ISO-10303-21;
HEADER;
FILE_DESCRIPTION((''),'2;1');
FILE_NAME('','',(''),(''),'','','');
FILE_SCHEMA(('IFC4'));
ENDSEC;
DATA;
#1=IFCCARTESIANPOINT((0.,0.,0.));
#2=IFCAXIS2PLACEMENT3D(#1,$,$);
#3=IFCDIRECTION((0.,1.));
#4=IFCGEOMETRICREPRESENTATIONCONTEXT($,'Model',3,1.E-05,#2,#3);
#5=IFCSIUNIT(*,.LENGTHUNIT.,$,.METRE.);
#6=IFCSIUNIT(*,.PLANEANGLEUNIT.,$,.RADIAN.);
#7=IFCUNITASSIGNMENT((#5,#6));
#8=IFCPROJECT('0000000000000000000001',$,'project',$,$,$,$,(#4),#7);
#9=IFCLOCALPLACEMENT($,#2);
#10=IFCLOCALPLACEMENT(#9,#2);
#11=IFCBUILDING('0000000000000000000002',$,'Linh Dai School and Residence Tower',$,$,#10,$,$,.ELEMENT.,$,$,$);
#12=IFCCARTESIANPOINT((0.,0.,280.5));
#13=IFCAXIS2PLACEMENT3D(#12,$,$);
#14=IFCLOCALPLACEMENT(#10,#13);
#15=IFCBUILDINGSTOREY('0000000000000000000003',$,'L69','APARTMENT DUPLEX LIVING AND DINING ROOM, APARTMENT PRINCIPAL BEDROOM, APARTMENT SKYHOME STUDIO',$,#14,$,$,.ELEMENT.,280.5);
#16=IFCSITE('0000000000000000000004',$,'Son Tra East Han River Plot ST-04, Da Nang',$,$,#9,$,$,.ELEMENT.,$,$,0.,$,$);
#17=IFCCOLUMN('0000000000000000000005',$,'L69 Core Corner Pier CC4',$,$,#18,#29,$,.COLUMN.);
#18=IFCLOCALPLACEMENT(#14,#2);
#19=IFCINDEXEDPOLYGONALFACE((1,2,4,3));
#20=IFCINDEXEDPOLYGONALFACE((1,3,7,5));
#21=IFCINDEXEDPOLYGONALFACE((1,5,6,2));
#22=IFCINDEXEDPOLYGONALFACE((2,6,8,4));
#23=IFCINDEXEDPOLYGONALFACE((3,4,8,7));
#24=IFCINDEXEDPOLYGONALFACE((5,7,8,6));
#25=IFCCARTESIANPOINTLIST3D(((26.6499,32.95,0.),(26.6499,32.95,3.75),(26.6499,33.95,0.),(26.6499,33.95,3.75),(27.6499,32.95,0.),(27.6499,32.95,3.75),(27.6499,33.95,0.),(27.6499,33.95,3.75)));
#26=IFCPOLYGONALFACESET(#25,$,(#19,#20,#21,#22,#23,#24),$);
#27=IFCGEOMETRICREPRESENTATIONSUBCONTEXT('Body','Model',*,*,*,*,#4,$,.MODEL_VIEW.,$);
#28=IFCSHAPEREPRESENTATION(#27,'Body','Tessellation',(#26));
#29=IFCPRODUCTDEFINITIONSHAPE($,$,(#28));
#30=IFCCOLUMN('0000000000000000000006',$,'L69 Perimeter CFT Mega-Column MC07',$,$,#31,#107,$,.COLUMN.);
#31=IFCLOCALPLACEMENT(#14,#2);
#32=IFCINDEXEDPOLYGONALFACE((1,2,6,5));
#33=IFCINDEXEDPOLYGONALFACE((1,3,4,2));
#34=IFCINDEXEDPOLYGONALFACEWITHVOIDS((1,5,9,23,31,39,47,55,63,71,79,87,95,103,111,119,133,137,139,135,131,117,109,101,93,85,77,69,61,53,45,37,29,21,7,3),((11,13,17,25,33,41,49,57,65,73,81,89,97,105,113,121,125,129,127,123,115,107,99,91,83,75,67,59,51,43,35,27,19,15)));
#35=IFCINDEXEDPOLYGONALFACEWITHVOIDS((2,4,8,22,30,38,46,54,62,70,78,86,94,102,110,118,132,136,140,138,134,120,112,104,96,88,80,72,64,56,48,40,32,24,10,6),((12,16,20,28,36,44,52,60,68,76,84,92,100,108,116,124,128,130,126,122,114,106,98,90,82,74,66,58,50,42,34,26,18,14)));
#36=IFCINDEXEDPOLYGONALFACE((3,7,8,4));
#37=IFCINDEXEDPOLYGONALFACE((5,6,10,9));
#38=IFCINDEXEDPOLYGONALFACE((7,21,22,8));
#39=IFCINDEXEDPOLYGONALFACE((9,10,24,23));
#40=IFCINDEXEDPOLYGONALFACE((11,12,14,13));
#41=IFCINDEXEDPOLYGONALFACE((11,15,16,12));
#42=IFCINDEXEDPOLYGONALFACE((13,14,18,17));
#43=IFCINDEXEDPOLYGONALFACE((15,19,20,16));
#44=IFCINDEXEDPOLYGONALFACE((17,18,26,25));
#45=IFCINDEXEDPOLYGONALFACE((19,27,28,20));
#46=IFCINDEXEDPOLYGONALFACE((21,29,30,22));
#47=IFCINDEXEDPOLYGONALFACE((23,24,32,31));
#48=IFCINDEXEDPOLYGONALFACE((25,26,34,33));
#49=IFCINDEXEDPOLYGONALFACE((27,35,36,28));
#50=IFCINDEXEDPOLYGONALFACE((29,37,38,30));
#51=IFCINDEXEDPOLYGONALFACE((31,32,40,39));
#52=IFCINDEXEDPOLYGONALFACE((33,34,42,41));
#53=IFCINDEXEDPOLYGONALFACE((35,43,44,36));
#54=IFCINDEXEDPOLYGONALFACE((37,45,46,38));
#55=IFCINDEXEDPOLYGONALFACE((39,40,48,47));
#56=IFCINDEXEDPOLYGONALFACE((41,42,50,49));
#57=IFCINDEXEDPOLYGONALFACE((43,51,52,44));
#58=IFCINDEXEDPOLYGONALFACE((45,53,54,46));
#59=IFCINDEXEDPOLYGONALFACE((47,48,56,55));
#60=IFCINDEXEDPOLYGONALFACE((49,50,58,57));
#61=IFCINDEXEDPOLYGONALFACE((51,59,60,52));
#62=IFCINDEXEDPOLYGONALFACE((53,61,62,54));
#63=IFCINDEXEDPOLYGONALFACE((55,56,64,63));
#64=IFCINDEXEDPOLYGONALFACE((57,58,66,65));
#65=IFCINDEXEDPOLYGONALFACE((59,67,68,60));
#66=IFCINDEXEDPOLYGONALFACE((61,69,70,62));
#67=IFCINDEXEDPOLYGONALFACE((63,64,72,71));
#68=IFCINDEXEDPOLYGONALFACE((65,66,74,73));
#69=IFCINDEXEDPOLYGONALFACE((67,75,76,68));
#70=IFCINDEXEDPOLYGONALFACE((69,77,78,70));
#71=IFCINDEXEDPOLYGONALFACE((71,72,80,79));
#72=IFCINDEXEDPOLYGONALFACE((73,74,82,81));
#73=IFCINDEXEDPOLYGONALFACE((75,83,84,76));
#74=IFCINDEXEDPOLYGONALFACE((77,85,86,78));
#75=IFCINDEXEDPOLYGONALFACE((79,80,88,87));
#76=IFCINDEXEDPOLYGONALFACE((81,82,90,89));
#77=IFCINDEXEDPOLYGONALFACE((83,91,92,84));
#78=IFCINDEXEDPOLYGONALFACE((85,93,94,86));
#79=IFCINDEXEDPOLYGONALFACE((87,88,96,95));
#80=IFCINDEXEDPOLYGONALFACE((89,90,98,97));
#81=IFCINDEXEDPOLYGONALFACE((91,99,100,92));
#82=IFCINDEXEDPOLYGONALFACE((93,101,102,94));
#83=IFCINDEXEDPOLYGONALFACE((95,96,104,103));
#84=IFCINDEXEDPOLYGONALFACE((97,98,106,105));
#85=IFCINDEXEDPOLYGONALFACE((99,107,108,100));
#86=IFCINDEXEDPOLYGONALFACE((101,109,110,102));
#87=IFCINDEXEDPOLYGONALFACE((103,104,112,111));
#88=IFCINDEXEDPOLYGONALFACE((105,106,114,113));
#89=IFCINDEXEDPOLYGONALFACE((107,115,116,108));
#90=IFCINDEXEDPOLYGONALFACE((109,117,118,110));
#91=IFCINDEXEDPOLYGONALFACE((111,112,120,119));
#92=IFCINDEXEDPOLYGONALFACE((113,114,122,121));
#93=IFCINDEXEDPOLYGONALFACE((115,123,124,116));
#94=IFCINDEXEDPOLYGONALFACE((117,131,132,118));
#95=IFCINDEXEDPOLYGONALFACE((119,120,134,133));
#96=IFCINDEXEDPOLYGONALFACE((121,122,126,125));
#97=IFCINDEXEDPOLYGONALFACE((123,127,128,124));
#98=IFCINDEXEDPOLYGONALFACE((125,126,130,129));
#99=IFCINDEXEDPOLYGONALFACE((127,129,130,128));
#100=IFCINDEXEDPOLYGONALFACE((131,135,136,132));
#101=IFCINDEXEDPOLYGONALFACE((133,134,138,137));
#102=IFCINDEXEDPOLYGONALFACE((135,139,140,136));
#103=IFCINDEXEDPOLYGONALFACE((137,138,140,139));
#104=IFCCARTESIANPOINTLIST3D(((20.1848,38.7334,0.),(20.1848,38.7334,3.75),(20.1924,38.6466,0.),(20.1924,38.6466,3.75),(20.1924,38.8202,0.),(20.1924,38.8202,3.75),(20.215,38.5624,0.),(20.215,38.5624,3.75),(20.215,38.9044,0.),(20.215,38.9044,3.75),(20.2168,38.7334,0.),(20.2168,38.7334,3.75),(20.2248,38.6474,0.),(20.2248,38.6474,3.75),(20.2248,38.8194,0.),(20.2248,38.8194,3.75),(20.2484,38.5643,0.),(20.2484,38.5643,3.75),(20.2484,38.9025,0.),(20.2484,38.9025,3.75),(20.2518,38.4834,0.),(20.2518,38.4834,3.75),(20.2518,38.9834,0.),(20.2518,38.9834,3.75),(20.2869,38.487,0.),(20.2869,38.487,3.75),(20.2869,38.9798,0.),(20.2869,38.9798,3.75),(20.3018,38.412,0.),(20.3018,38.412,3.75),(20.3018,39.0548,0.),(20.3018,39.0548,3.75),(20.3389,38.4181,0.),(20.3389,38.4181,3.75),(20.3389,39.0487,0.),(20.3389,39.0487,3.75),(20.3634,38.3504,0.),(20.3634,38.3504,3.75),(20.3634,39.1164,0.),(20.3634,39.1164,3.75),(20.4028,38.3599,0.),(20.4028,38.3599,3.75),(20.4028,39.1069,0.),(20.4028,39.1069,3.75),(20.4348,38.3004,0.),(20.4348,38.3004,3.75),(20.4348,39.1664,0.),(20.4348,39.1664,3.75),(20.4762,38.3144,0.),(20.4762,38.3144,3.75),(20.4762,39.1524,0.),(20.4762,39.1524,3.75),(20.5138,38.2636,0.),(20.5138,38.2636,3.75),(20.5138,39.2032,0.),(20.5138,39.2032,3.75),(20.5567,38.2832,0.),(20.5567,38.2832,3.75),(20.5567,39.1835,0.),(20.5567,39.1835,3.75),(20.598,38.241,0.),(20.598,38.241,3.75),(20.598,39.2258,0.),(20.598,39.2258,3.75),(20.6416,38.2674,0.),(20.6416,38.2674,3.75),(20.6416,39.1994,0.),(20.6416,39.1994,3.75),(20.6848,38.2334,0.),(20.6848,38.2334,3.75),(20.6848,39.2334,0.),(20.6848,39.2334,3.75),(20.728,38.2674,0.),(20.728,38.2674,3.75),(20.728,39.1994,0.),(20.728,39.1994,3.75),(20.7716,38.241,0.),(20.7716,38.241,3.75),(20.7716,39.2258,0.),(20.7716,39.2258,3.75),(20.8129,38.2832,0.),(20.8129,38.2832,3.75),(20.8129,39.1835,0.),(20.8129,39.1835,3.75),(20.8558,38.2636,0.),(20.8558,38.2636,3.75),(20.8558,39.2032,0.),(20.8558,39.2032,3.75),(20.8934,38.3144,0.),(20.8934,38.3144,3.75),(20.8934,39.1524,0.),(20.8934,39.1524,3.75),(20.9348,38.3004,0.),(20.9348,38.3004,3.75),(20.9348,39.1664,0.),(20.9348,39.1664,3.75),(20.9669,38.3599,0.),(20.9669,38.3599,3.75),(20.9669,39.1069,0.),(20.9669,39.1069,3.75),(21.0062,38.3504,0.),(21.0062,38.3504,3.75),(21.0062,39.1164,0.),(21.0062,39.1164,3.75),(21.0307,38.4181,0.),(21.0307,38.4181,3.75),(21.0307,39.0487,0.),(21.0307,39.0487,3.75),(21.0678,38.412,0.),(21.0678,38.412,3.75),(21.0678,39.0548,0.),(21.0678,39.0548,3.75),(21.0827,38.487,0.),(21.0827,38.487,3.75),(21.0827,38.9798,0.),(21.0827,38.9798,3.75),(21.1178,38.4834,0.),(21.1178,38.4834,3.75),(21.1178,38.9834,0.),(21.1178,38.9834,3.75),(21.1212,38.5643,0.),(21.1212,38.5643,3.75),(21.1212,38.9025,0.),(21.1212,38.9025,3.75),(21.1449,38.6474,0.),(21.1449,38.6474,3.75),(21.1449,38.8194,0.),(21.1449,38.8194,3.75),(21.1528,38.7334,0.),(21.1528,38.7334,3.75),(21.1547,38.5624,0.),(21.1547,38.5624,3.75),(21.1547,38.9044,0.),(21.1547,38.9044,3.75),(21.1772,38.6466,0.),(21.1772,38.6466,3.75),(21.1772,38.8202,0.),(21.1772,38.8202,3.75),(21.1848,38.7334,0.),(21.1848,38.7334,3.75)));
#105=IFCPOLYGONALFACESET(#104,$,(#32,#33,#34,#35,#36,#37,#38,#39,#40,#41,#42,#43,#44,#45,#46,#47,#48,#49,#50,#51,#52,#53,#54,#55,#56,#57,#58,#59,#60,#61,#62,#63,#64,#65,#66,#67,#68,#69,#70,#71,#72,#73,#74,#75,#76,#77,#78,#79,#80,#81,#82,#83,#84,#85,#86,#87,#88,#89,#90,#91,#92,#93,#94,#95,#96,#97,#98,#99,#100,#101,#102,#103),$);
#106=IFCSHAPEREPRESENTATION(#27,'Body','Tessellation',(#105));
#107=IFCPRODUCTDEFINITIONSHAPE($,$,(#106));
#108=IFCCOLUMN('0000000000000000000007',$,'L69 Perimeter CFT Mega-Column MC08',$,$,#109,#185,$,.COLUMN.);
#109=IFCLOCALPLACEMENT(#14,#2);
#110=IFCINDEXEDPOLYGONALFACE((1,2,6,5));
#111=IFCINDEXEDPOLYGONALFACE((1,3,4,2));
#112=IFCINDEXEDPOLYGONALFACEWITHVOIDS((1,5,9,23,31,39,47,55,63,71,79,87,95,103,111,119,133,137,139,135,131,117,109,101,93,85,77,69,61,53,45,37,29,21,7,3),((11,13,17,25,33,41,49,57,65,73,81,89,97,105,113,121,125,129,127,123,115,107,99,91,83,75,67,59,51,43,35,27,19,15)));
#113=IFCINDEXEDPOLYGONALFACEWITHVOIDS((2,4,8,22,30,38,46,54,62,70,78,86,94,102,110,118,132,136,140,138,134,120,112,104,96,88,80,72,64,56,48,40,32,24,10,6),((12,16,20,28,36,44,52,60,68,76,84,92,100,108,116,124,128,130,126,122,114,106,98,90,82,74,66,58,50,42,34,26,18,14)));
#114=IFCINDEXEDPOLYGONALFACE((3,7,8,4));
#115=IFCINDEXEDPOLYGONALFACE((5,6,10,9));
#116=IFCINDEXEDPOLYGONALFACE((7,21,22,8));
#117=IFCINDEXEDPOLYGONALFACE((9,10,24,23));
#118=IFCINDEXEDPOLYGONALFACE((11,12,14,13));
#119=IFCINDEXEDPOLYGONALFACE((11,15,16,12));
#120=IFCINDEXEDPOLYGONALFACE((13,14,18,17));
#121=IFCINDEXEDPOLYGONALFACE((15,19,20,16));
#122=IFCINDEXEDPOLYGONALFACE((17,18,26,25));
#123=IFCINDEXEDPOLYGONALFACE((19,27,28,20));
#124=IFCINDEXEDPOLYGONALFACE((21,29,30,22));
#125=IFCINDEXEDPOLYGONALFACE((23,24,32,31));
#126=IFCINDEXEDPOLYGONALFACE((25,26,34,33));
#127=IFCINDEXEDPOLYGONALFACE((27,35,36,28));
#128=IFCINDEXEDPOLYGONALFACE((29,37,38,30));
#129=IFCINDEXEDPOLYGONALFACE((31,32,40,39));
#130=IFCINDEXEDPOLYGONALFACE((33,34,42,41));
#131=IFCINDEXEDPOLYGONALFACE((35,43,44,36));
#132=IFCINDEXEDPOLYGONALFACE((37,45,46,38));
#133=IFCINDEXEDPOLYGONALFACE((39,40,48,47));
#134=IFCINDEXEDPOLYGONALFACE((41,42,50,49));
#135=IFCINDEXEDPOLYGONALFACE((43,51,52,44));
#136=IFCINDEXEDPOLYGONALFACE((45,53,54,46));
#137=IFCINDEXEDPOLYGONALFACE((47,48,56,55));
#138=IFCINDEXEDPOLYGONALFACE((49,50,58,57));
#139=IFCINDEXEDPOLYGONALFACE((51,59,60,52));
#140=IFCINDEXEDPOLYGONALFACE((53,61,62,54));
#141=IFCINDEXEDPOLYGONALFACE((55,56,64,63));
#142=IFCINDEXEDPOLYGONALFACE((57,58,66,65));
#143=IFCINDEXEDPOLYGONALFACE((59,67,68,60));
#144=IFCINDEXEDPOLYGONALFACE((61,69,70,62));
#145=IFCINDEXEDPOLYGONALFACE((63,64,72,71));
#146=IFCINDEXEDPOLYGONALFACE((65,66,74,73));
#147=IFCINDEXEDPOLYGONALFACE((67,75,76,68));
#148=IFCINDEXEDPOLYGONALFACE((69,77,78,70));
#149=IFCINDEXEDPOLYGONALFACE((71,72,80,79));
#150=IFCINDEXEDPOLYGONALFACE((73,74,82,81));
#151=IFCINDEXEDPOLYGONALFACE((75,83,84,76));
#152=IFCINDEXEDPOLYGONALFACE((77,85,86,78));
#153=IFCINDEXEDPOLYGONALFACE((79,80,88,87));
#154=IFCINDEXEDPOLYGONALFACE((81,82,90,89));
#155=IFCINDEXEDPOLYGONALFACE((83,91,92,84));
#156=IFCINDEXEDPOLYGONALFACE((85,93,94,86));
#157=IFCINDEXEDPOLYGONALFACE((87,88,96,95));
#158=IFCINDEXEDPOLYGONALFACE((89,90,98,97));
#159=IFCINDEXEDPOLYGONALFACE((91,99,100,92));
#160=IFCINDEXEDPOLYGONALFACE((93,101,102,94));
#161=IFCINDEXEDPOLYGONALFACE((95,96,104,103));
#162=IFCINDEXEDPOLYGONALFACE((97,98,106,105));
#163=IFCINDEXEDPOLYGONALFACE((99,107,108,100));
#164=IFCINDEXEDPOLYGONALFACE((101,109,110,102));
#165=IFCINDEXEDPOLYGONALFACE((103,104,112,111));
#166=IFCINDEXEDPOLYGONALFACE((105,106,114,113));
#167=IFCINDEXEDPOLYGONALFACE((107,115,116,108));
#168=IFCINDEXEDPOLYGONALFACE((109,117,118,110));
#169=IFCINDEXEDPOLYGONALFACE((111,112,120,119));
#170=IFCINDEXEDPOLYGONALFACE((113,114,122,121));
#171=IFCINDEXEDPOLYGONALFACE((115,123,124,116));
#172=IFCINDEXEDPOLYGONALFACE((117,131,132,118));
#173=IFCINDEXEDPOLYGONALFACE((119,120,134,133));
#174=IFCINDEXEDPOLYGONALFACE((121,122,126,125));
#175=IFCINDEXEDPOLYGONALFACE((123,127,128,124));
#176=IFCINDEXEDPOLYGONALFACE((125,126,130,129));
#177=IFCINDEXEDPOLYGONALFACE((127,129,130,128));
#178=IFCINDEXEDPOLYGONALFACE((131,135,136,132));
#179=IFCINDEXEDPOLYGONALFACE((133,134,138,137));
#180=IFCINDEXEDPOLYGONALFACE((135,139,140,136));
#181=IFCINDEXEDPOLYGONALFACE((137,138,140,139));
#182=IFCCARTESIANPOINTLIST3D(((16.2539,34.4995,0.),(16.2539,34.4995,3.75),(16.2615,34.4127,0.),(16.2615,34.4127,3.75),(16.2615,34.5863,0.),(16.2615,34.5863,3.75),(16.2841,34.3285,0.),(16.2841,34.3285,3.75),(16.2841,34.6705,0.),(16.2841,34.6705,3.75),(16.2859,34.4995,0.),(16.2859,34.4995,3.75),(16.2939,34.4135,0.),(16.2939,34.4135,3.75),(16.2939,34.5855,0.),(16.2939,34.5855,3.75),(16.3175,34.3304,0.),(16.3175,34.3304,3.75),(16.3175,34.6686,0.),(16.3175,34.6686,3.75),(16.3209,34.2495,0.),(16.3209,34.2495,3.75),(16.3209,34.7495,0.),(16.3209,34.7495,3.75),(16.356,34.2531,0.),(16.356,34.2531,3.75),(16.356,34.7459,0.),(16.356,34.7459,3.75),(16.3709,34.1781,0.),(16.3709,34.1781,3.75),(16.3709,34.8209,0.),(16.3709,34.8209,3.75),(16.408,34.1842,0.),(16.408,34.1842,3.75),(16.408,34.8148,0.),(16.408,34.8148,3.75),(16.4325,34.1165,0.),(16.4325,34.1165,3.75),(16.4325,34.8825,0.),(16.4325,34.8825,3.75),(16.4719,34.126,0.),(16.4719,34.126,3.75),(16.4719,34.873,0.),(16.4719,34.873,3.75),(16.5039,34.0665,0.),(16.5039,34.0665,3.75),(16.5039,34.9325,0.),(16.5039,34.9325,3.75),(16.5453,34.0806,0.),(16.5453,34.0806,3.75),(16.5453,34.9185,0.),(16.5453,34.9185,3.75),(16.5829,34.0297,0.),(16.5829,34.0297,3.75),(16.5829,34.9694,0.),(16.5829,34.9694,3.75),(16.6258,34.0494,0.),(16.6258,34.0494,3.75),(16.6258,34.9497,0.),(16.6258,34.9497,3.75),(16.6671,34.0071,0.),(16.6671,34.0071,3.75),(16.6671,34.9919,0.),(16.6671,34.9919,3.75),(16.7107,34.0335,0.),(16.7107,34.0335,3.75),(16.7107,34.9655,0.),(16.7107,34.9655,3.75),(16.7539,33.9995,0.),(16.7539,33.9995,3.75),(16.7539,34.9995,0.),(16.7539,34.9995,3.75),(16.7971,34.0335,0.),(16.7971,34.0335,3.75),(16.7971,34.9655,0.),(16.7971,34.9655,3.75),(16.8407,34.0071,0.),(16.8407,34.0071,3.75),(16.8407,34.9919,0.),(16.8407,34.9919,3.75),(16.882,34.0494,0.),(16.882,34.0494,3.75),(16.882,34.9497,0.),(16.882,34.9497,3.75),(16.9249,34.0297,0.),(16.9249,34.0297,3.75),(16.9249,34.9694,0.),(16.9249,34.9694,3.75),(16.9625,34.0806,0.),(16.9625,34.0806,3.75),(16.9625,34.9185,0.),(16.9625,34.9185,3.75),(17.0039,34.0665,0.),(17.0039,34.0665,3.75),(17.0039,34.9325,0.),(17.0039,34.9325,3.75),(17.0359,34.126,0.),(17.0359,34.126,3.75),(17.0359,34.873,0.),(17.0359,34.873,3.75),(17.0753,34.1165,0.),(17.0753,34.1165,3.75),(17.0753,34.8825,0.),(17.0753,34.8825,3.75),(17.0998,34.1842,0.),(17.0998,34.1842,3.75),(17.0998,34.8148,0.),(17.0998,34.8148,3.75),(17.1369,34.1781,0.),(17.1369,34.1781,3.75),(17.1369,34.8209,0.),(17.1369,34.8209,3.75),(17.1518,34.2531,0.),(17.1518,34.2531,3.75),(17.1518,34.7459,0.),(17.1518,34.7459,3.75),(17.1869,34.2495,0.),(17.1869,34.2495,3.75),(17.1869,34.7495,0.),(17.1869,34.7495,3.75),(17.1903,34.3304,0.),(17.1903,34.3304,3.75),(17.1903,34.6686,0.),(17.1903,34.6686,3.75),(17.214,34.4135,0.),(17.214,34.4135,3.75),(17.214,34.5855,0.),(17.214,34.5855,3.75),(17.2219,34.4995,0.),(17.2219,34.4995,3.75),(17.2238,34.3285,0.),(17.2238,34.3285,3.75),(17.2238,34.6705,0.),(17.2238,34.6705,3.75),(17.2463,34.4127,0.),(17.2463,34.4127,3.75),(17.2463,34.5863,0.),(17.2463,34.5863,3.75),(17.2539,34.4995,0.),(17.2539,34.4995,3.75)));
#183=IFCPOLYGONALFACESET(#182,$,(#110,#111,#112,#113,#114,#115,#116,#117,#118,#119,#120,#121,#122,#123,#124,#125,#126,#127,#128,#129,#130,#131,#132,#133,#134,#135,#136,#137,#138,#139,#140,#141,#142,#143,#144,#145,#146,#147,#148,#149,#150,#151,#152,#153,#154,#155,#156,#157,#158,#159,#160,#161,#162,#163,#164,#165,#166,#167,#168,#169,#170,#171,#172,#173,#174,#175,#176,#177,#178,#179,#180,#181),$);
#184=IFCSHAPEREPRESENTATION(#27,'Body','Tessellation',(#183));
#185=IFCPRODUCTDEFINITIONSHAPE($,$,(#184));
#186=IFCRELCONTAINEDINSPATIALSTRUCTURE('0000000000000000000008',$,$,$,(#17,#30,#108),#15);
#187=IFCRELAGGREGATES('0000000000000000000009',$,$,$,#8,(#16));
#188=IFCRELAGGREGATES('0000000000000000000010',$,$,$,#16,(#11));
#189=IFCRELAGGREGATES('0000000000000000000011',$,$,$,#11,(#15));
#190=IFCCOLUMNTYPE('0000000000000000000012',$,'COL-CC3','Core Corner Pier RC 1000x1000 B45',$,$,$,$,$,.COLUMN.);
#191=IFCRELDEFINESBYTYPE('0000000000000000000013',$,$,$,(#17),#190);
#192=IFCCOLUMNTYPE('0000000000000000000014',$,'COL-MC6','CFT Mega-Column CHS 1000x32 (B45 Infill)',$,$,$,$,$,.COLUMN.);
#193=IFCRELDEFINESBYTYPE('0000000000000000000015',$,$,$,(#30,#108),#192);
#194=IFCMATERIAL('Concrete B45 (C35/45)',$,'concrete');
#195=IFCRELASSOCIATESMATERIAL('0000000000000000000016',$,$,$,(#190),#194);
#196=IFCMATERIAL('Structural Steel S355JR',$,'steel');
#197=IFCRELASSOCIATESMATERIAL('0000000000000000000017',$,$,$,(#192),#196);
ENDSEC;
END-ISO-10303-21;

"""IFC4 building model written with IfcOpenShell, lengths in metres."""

from ifc_helpers import new_model, si_unit, direction, frame, origin, origin_2d, place, context, subcontext, project, spatial, rectangle, hollow_circle, extrude, material, material_profile, profile_set, type_object, element, save


model = new_model("IFC4")

# Units and contexts
model_context = context("Model", 3, precision=1e-05, world=origin(), true_north=direction((0.0, 1.0)))
body_context = subcontext(model_context, "Body", "Model", "MODEL_VIEW")
ifc_project = project(units=[si_unit("LENGTHUNIT", "METRE"), si_unit("PLANEANGLEUNIT", "RADIAN")], contexts=[model_context])

# Site, building, storey
site_placement = place(None, origin())
site = spatial("IfcSite", under=ifc_project, at=site_placement, Name="Son Tra East Han River Plot ST-04, Da Nang", CompositionType="ELEMENT", RefElevation=0.0)
building_placement = place(site_placement, origin())
building = spatial("IfcBuilding", under=site, at=building_placement, Name="Linh Dai School and Residence Tower", CompositionType="ELEMENT")
storey_placement = place(building_placement, frame((0.0, 0.0, 280.5)))
storey = spatial("IfcBuildingStorey", under=building, at=storey_placement, Name="L69", Description="APARTMENT DUPLEX LIVING AND DINING ROOM, APARTMENT PRINCIPAL BEDROOM, APARTMENT SKYHOME STUDIO", CompositionType="ELEMENT", Elevation=280.5)

# Columns
ifc_material_1 = material(Name="Concrete B45 (C35/45)", Category="concrete")
ifc_material_profile_1 = material_profile(ifc_material_1, rectangle(XDim=1.0, YDim=1.0, at=origin_2d()), Name="RC 1000x1000")
ifc_profile_set_1 = profile_set([ifc_material_profile_1], Name="Concrete B45 (C35/45)")
column_type_1 = type_object("IfcColumnType", Name="COL-CC3", Description="Core Corner Pier RC 1000x1000 B45", PredefinedType="COLUMN", material=ifc_profile_set_1)
column_placement = place(storey_placement, frame((27.1499, 33.45, 0.0), z_axis=(0.0, 0.0, 1.0), x_axis=(1.0, 0.0, 0.0)))
element("IfcColumn", 1, at=column_placement, inside=storey, type_object=column_type_1, Name="L69 Core Corner Pier CC4", PredefinedType="COLUMN", context=body_context, shape_type="SweptSolid", body=[
    extrude(rectangle(XDim=1.0, YDim=1.0, at=origin_2d()), origin(), (0.0, 0.0, 1.0), 3.75),
])
ifc_material_2 = material(Name="Structural Steel S355JR", Category="steel")
ifc_material_profile_2 = material_profile(ifc_material_2, hollow_circle(Radius=0.5, WallThickness=0.032, at=origin_2d()), Name="CHS 1000x32")
ifc_profile_set_2 = profile_set([ifc_material_profile_2], Name="Structural Steel S355JR")
column_type_2 = type_object("IfcColumnType", Name="COL-MC6", Description="CFT Mega-Column CHS 1000x32 (B45 Infill)", PredefinedType="COLUMN", material=ifc_profile_set_2)
for number, where, z_axis, x_axis, name in (
    (2, (20.6848, 38.7334, 0.0), (0.0, 0.0, 1.0), (1.0, 0.0, 0.0), "L69 Perimeter CFT Mega-Column MC07"),
    (3, (16.7539, 34.4995, 0.0), (0.0, 0.0, 1.0), (1.0, 0.0, 0.0), "L69 Perimeter CFT Mega-Column MC08"),
):
    element("IfcColumn", number, at=place(storey_placement, frame(where, z_axis=z_axis, x_axis=x_axis)), inside=storey, type_object=column_type_2, Name=name, PredefinedType="COLUMN", context=body_context, shape_type="SweptSolid", body=[
        extrude(hollow_circle(Radius=0.5, WallThickness=0.032, at=origin_2d()), origin(), (0.0, 0.0, 1.0), 3.75),
    ])

save(model, "model.ifc")
